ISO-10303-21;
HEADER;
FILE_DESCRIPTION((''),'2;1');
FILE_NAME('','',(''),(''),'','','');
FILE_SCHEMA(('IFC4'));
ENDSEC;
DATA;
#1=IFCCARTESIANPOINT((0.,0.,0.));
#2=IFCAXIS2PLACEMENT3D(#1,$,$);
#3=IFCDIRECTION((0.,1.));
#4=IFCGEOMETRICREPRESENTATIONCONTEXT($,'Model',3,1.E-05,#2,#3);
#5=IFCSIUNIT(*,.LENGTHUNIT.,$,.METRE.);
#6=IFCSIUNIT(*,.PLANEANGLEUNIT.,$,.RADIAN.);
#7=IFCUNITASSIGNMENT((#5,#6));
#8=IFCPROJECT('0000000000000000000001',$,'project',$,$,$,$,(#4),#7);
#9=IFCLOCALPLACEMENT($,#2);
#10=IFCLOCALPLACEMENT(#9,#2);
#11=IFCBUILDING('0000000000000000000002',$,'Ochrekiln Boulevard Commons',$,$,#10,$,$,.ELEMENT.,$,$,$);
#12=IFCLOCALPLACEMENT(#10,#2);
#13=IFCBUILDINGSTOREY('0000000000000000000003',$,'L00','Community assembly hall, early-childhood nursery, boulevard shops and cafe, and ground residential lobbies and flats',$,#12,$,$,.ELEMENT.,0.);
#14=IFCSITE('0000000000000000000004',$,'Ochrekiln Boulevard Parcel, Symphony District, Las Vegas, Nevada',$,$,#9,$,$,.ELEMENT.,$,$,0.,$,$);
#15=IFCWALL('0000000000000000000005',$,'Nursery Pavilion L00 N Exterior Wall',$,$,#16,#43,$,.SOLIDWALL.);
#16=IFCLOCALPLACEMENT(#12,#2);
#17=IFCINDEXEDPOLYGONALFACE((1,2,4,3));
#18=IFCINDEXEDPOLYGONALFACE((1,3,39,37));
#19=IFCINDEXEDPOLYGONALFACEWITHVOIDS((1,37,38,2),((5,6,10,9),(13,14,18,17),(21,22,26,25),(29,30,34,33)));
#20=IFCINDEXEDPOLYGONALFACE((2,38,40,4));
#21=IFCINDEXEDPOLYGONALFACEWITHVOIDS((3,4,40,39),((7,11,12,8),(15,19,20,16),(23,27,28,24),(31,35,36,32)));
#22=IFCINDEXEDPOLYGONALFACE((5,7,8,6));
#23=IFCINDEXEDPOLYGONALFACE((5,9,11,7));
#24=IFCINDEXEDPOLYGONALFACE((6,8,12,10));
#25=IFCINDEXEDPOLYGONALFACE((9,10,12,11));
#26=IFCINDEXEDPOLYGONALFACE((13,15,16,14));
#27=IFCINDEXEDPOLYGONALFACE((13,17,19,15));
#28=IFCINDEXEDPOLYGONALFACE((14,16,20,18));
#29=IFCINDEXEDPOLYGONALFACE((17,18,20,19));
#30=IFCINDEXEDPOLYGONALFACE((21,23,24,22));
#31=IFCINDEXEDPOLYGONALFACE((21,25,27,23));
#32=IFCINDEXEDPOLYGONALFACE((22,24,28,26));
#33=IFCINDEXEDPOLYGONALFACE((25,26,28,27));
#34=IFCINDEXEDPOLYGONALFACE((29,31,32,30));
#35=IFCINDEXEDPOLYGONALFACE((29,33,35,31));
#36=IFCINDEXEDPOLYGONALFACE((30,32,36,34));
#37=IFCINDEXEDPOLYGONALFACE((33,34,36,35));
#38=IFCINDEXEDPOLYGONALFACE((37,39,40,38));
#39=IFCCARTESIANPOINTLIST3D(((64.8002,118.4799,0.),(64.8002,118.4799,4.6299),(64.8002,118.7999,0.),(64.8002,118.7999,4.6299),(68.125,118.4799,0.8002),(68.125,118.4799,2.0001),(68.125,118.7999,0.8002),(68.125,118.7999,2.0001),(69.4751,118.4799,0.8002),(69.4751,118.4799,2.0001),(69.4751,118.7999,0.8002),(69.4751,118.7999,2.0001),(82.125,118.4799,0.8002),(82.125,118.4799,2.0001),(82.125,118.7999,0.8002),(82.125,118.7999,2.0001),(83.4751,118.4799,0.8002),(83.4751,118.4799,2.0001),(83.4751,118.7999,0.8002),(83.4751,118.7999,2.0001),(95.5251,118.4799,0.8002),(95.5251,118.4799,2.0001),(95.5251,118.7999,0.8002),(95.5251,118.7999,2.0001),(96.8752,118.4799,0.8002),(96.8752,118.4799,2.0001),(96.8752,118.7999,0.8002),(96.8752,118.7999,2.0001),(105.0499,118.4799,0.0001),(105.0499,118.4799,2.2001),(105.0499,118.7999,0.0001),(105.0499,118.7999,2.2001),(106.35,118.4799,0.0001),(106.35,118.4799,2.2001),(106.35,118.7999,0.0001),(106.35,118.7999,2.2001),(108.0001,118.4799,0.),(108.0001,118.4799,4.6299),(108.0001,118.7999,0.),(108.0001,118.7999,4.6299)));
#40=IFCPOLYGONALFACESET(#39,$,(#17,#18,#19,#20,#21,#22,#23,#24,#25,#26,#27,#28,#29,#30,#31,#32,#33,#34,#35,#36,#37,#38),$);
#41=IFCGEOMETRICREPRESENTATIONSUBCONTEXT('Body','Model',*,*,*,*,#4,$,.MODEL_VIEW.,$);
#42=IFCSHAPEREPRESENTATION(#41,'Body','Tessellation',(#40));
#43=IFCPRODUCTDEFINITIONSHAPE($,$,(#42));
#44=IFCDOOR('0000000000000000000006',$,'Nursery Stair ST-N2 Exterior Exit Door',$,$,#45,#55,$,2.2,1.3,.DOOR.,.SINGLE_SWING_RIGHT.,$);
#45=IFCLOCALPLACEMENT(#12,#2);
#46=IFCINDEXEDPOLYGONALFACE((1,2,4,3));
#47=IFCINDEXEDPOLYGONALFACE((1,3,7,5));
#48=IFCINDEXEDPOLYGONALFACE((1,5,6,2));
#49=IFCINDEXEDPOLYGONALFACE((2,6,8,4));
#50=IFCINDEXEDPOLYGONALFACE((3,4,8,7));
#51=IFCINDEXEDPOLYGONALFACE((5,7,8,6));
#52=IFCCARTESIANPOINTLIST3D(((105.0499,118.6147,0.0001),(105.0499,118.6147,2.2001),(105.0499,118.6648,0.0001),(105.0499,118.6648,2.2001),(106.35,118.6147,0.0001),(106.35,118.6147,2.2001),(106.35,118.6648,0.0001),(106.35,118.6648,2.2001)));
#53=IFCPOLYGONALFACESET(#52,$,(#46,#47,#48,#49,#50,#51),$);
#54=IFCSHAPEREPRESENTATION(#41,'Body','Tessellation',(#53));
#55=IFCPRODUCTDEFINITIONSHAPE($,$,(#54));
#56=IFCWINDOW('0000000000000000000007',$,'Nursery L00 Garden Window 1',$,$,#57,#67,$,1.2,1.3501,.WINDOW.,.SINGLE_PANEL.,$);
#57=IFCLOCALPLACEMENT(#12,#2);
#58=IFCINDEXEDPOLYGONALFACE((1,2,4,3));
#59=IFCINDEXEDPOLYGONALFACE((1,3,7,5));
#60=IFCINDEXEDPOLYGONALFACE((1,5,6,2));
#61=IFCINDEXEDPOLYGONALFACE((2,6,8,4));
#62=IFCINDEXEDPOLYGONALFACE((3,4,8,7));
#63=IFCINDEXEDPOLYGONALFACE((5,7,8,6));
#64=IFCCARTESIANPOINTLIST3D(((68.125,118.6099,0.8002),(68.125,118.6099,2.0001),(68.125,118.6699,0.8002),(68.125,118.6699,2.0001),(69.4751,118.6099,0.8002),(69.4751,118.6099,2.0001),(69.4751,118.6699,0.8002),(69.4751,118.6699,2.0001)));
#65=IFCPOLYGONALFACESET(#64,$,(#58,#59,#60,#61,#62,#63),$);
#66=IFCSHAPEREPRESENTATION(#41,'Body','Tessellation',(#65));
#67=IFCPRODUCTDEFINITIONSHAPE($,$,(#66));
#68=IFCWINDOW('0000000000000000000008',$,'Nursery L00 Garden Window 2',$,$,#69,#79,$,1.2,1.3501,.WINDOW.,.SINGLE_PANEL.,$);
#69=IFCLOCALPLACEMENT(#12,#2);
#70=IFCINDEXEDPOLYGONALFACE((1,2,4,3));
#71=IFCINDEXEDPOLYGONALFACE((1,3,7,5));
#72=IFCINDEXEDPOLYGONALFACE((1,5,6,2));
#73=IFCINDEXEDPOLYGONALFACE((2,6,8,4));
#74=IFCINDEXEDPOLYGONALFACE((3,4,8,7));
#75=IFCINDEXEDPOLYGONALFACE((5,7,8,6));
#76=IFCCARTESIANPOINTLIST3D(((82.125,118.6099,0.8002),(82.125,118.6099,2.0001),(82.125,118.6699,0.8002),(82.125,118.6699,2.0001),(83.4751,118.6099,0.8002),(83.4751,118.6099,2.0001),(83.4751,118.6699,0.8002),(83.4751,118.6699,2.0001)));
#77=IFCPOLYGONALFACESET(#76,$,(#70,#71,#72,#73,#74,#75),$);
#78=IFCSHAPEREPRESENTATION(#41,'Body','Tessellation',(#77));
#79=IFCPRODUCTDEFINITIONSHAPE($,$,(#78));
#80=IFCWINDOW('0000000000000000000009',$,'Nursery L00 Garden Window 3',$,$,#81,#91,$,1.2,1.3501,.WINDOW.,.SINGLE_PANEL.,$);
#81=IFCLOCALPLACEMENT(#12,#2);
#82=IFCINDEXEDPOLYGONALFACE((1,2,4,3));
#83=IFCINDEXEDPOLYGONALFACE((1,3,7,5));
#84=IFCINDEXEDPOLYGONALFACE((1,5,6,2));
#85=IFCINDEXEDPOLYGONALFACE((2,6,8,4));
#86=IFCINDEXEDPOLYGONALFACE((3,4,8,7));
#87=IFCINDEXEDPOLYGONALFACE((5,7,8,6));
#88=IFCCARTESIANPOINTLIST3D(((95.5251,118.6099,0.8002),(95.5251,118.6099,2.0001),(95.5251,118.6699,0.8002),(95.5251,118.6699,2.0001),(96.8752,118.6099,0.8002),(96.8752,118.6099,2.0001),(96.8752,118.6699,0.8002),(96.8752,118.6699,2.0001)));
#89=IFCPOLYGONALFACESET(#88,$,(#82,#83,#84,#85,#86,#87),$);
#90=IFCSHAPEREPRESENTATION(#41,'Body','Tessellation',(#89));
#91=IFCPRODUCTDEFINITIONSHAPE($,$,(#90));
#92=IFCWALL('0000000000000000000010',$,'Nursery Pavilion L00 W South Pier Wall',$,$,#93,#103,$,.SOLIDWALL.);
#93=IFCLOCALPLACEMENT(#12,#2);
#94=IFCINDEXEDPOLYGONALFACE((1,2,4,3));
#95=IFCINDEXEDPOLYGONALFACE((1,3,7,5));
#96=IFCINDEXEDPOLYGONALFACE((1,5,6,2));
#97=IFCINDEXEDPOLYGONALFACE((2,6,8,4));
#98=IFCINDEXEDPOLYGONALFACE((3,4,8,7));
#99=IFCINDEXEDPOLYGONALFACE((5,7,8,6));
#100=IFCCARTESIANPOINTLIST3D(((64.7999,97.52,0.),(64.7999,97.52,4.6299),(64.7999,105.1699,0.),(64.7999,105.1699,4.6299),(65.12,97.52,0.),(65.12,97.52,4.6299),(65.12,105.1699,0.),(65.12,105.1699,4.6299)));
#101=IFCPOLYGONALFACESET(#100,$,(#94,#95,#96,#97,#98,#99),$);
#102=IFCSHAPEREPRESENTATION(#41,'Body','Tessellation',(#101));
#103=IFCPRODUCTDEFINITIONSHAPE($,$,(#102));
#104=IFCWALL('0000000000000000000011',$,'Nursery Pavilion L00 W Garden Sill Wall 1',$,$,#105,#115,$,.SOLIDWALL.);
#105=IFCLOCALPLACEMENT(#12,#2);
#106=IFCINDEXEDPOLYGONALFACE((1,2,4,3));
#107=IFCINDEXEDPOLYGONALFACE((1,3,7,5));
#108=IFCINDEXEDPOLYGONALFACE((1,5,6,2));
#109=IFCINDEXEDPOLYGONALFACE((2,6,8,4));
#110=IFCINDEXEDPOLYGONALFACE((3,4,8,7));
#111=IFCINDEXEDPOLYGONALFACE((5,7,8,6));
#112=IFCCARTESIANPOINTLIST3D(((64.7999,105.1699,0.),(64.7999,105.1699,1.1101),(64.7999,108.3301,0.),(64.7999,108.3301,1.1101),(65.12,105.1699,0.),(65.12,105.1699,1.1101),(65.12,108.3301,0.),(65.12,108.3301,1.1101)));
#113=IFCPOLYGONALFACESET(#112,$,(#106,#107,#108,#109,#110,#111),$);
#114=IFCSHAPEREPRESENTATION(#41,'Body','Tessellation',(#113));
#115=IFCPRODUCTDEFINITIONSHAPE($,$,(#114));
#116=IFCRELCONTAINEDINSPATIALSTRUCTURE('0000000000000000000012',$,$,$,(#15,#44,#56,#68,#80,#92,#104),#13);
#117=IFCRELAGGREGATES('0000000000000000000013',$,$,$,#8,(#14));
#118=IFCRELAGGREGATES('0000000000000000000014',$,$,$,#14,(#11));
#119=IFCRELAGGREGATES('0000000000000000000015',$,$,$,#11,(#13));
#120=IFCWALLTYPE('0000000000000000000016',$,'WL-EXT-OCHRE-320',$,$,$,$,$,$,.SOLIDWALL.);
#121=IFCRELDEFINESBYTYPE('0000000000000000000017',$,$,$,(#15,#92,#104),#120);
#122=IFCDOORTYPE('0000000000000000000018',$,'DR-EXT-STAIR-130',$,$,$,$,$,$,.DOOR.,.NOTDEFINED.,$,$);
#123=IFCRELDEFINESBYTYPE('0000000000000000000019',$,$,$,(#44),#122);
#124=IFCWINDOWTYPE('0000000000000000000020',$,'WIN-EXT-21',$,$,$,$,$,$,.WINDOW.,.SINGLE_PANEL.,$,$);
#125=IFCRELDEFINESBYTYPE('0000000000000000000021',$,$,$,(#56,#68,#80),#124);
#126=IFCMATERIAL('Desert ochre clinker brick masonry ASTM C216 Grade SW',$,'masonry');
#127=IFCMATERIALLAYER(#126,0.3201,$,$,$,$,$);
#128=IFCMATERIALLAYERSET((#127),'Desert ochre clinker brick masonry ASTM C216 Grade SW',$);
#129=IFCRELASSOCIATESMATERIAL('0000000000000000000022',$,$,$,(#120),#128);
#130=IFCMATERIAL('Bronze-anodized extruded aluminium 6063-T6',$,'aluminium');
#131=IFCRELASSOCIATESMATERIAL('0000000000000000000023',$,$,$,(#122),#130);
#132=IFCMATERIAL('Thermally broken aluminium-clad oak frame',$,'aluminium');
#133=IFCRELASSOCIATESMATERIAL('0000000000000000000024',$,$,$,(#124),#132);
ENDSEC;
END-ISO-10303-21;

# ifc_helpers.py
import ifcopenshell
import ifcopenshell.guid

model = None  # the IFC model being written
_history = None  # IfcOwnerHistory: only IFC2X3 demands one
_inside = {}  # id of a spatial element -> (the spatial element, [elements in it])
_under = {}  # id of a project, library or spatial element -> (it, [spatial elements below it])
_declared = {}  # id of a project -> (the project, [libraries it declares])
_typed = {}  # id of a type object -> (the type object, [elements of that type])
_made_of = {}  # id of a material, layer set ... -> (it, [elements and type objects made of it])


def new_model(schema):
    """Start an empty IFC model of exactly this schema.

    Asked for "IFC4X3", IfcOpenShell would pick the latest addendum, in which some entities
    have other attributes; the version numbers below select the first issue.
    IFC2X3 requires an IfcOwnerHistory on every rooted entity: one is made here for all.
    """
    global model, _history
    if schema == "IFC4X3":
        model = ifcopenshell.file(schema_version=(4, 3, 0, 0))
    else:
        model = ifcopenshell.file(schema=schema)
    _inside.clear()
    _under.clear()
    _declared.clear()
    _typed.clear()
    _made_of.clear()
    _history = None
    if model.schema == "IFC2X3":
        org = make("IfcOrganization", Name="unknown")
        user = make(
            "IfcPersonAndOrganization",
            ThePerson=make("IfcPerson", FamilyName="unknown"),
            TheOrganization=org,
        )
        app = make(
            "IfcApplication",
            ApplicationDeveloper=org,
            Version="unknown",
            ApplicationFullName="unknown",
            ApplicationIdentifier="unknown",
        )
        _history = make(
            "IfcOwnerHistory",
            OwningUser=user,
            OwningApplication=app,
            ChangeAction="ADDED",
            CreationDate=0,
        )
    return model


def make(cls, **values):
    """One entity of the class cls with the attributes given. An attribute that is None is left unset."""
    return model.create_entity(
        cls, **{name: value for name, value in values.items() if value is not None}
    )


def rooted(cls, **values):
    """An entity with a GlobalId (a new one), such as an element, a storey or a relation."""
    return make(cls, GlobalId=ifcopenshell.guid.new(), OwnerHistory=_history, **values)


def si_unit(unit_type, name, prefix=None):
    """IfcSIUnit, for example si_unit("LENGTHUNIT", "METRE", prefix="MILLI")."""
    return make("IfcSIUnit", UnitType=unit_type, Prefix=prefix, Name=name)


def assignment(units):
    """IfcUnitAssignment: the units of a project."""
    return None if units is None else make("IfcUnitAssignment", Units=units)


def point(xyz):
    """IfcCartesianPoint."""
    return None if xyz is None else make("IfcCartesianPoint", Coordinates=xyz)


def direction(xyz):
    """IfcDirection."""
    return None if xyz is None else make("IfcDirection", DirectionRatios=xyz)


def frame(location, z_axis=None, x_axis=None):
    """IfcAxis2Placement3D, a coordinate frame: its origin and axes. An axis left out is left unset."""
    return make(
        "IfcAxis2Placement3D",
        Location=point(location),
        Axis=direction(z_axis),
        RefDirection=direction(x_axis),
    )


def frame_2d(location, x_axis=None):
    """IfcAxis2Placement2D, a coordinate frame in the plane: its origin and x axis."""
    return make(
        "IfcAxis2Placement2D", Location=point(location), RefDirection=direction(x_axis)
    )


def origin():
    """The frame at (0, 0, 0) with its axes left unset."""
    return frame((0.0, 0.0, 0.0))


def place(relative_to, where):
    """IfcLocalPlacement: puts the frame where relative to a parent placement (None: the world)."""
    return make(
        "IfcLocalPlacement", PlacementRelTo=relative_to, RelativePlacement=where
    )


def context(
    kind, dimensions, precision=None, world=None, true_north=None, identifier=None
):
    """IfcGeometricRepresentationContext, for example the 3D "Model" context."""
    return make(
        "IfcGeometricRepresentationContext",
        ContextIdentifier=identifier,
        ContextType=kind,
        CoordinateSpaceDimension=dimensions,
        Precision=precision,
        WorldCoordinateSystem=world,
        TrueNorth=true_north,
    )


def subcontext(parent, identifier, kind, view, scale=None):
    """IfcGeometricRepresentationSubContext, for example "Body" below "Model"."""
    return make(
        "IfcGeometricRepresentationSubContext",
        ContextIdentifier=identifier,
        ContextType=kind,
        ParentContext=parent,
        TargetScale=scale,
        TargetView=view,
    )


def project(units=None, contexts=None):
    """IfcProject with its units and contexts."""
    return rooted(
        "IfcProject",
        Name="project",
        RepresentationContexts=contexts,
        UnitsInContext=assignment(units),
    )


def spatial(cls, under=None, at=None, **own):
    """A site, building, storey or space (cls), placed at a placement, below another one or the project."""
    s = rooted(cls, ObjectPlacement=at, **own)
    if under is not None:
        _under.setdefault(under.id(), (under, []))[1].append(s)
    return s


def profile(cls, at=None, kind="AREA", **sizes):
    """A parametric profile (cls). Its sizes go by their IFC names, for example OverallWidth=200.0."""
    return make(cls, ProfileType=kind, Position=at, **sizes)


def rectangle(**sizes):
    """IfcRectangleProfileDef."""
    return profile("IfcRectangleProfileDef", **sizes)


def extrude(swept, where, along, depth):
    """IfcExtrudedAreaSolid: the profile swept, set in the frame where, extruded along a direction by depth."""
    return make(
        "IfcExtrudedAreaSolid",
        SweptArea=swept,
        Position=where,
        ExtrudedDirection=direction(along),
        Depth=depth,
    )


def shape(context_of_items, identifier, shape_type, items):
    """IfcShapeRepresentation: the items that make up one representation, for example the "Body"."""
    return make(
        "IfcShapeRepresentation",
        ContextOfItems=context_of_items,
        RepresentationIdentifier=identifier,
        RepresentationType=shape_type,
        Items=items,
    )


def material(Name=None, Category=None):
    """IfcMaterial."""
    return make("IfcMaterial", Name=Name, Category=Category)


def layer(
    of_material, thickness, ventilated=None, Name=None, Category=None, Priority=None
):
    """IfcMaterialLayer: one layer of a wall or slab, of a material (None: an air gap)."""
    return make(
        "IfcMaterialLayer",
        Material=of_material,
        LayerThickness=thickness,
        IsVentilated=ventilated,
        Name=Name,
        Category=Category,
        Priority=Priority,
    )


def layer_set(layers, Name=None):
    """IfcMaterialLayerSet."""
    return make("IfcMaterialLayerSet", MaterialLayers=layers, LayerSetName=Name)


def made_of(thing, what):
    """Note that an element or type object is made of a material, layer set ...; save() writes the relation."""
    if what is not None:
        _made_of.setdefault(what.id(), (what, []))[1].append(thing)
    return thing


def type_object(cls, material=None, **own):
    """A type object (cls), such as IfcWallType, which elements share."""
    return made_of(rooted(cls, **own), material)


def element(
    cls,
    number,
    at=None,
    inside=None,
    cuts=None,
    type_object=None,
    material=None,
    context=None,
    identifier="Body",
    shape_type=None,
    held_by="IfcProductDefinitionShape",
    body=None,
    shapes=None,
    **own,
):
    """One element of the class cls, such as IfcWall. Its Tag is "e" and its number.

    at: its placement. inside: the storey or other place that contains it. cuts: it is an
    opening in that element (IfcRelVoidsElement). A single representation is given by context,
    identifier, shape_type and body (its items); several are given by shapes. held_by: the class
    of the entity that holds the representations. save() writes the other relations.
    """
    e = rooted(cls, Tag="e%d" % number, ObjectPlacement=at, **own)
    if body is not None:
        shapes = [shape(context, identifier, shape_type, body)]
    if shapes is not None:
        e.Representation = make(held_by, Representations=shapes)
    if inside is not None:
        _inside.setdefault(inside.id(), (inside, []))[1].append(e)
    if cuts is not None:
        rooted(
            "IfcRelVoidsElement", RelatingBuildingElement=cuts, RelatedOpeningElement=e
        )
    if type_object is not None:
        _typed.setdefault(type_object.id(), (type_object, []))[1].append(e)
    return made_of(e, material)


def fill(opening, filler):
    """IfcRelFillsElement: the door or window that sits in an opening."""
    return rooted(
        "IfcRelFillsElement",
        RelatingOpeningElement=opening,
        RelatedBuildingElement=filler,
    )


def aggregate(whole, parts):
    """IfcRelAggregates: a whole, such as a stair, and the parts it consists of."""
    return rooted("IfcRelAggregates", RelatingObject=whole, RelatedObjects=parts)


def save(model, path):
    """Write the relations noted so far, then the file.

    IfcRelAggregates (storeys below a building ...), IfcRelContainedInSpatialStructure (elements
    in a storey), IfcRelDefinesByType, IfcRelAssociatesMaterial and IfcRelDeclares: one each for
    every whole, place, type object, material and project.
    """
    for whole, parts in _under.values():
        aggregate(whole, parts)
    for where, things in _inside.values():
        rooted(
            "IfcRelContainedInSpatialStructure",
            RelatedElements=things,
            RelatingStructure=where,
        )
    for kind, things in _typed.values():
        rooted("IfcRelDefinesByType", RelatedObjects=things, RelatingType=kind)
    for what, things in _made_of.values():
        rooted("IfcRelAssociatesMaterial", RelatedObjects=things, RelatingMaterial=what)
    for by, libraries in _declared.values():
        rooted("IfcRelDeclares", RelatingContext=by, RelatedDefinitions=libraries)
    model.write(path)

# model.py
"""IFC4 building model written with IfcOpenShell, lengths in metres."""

from ifc_helpers import new_model, si_unit, direction, frame, frame_2d, origin, place, context, subcontext, project, spatial, rectangle, extrude, material, layer, layer_set, type_object, element, fill, save


model = new_model("IFC4")

# Units and contexts
model_context = context("Model", 3, precision=1e-05, world=origin(), true_north=direction((0.0, 1.0)))
body_context = subcontext(model_context, "Body", "Model", "MODEL_VIEW")
ifc_project = project(units=[si_unit("LENGTHUNIT", "METRE"), si_unit("PLANEANGLEUNIT", "RADIAN")], contexts=[model_context])

# Site, building, storey
site_placement = place(None, origin())
site = spatial("IfcSite", under=ifc_project, at=site_placement, Name="Ochrekiln Boulevard Parcel, Symphony District, Las Vegas, Nevada", CompositionType="ELEMENT", RefElevation=0.0)
building_placement = place(site_placement, origin())
building = spatial("IfcBuilding", under=site, at=building_placement, Name="Ochrekiln Boulevard Commons", CompositionType="ELEMENT")
storey_placement = place(building_placement, origin())
storey = spatial("IfcBuildingStorey", under=building, at=storey_placement, Name="L00", Description="Community assembly hall, early-childhood nursery, boulevard shops and cafe, and ground residential lobbies and flats", CompositionType="ELEMENT", Elevation=0.0)

# Shared definitions
ifc_material_1 = material(Name="Bronze-anodized extruded aluminium 6063-T6", Category="aluminium")

# Shared definitions
ifc_material_2 = material(Name="Desert ochre clinker brick masonry ASTM C216 Grade SW", Category="masonry")
ifc_layer_1 = layer(ifc_material_2, 0.3201)
ifc_layer_set_1 = layer_set([ifc_layer_1], Name="Desert ochre clinker brick masonry ASTM C216 Grade SW")
wall_type = type_object("IfcWallType", Name="WL-EXT-OCHRE-320", PredefinedType="SOLIDWALL", material=ifc_layer_set_1)
ifc_material_3 = material(Name="Thermally broken aluminium-clad oak frame", Category="aluminium")
door_type_1 = type_object("IfcDoorType", Name="DR-EXT-STAIR-130", OperationType="NOTDEFINED", PredefinedType="DOOR", material=ifc_material_1)

# Wall, openings, door, windows
wall_1_placement = place(storey_placement, frame((64.8, 118.6399, 0.0), z_axis=(0.0, 0.0, 1.0), x_axis=(1.0, 0.0, 0.0)))
wall_1 = element("IfcWall", 1, at=wall_1_placement, inside=storey, type_object=wall_type, Name="Nursery Pavilion L00 N Exterior Wall", PredefinedType="SOLIDWALL", context=body_context, shape_type="SweptSolid", body=[
    extrude(rectangle(XDim=43.2, YDim=0.3201, at=frame_2d((21.6001, 0.0))), origin(), (0.0, 0.0, 1.0), 4.6299),
])
opening_1_placement = place(wall_1_placement, frame((40.25, 0.0, 0.0)))
opening_1 = element("IfcOpeningElement", 2, at=opening_1_placement, cuts=wall_1, PredefinedType="OPENING", context=body_context, shape_type="SweptSolid", body=[
    extrude(rectangle(XDim=1.3, YDim=2.2, at=frame_2d((0.6499, 1.1001))), frame((0.0, 0.1699, 0.0), z_axis=(0.0, -1.0, 0.0), x_axis=(1.0, 0.0, 0.0)), (0.0, 0.0, 1.0), 0.3401),
])
opening_2_placement = place(wall_1_placement, frame((3.325, 0.0, 0.8)))
opening_2 = element("IfcOpeningElement", 3, at=opening_2_placement, cuts=wall_1, PredefinedType="OPENING", context=body_context, shape_type="SweptSolid", body=[
    extrude(rectangle(XDim=1.3501, YDim=1.2, at=frame_2d((0.675, 0.6001))), frame((0.0, 0.1699, 0.0), z_axis=(0.0, -1.0, 0.0), x_axis=(1.0, 0.0, 0.0)), (0.0, 0.0, 1.0), 0.3401),
])
opening_3_placement = place(wall_1_placement, frame((17.325, 0.0, 0.8)))
opening_3 = element("IfcOpeningElement", 4, at=opening_3_placement, cuts=wall_1, PredefinedType="OPENING", context=body_context, shape_type="SweptSolid", body=[
    extrude(rectangle(XDim=1.3501, YDim=1.2, at=frame_2d((0.675, 0.6001))), frame((0.0, 0.1699, 0.0), z_axis=(0.0, -1.0, 0.0), x_axis=(1.0, 0.0, 0.0)), (0.0, 0.0, 1.0), 0.3401),
])
opening_4_placement = place(wall_1_placement, frame((30.7251, 0.0, 0.8)))
opening_4 = element("IfcOpeningElement", 5, at=opening_4_placement, cuts=wall_1, PredefinedType="OPENING", context=body_context, shape_type="SweptSolid", body=[
    extrude(rectangle(XDim=1.3501, YDim=1.2, at=frame_2d((0.675, 0.6001))), frame((0.0, 0.1699, 0.0), z_axis=(0.0, -1.0, 0.0), x_axis=(1.0, 0.0, 0.0)), (0.0, 0.0, 1.0), 0.3401),
])
door_1_placement = place(opening_1_placement, origin())
door_1 = element("IfcDoor", 6, at=door_1_placement, inside=storey, type_object=door_type_1, Name="Nursery Stair ST-N2 Exterior Exit Door", OperationType="SINGLE_SWING_RIGHT", OverallHeight=2.2, OverallWidth=1.3, PredefinedType="DOOR", context=body_context, shape_type="SweptSolid", body=[
    extrude(rectangle(XDim=1.3, YDim=2.2, at=frame_2d((0.6499, 1.1001))), frame((0.0, 0.0249, 0.0), z_axis=(0.0, -1.0, 0.0), x_axis=(1.0, 0.0, 0.0)), (0.0, 0.0, 1.0), 0.05),
])
fill(opening_1, door_1)
window_type_1 = type_object("IfcWindowType", Name="WIN-EXT-21", PartitioningType="SINGLE_PANEL", PredefinedType="WINDOW", material=ifc_material_3)
window_1_placement = place(opening_2_placement, origin())
window_1 = element("IfcWindow", 7, at=window_1_placement, inside=storey, type_object=window_type_1, Name="Nursery L00 Garden Window 1", OverallHeight=1.2, OverallWidth=1.3501, PartitioningType="SINGLE_PANEL", PredefinedType="WINDOW", context=body_context, shape_type="SweptSolid", body=[
    extrude(rectangle(XDim=1.3501, YDim=1.2, at=frame_2d((0.675, 0.6001))), frame((0.0, 0.03, 0.0), z_axis=(0.0, -1.0, 0.0), x_axis=(1.0, 0.0, 0.0)), (0.0, 0.0, 1.0), 0.0601),
])
fill(opening_2, window_1)
window_2_placement = place(opening_3_placement, origin())
window_2 = element("IfcWindow", 8, at=window_2_placement, inside=storey, type_object=window_type_1, Name="Nursery L00 Garden Window 2", OverallHeight=1.2, OverallWidth=1.3501, PartitioningType="SINGLE_PANEL", PredefinedType="WINDOW", context=body_context, shape_type="SweptSolid", body=[
    extrude(rectangle(XDim=1.3501, YDim=1.2, at=frame_2d((0.675, 0.6001))), frame((0.0, 0.03, 0.0), z_axis=(0.0, -1.0, 0.0), x_axis=(1.0, 0.0, 0.0)), (0.0, 0.0, 1.0), 0.0601),
])
fill(opening_3, window_2)
window_3_placement = place(opening_4_placement, origin())
window_3 = element("IfcWindow", 9, at=window_3_placement, inside=storey, type_object=window_type_1, Name="Nursery L00 Garden Window 3", OverallHeight=1.2, OverallWidth=1.3501, PartitioningType="SINGLE_PANEL", PredefinedType="WINDOW", context=body_context, shape_type="SweptSolid", body=[
    extrude(rectangle(XDim=1.3501, YDim=1.2, at=frame_2d((0.675, 0.6001))), frame((0.0, 0.03, 0.0), z_axis=(0.0, -1.0, 0.0), x_axis=(1.0, 0.0, 0.0)), (0.0, 0.0, 1.0), 0.0601),
])
fill(opening_4, window_3)

# Walls
wall_2_placement = place(storey_placement, frame((64.96, 97.52, 0.0), z_axis=(0.0, 0.0, 1.0), x_axis=(0.0, 1.0, 0.0)))
element("IfcWall", 10, at=wall_2_placement, inside=storey, type_object=wall_type, Name="Nursery Pavilion L00 W South Pier Wall", PredefinedType="SOLIDWALL", context=body_context, shape_type="SweptSolid", body=[
    extrude(rectangle(XDim=7.6499, YDim=0.3201, at=frame_2d((3.825, 0.0))), origin(), (0.0, 0.0, 1.0), 4.6299),
])
wall_3_placement = place(storey_placement, frame((64.96, 105.1699, 0.0), z_axis=(0.0, 0.0, 1.0), x_axis=(0.0, 1.0, 0.0)))
element("IfcWall", 11, at=wall_3_placement, inside=storey, type_object=wall_type, Name="Nursery Pavilion L00 W Garden Sill Wall 1", PredefinedType="SOLIDWALL", context=body_context, shape_type="SweptSolid", body=[
    extrude(rectangle(XDim=3.1602, YDim=0.3201, at=frame_2d((1.5801, 0.0))), origin(), (0.0, 0.0, 1.0), 1.1101),
])

save(model, "model.ifc")
